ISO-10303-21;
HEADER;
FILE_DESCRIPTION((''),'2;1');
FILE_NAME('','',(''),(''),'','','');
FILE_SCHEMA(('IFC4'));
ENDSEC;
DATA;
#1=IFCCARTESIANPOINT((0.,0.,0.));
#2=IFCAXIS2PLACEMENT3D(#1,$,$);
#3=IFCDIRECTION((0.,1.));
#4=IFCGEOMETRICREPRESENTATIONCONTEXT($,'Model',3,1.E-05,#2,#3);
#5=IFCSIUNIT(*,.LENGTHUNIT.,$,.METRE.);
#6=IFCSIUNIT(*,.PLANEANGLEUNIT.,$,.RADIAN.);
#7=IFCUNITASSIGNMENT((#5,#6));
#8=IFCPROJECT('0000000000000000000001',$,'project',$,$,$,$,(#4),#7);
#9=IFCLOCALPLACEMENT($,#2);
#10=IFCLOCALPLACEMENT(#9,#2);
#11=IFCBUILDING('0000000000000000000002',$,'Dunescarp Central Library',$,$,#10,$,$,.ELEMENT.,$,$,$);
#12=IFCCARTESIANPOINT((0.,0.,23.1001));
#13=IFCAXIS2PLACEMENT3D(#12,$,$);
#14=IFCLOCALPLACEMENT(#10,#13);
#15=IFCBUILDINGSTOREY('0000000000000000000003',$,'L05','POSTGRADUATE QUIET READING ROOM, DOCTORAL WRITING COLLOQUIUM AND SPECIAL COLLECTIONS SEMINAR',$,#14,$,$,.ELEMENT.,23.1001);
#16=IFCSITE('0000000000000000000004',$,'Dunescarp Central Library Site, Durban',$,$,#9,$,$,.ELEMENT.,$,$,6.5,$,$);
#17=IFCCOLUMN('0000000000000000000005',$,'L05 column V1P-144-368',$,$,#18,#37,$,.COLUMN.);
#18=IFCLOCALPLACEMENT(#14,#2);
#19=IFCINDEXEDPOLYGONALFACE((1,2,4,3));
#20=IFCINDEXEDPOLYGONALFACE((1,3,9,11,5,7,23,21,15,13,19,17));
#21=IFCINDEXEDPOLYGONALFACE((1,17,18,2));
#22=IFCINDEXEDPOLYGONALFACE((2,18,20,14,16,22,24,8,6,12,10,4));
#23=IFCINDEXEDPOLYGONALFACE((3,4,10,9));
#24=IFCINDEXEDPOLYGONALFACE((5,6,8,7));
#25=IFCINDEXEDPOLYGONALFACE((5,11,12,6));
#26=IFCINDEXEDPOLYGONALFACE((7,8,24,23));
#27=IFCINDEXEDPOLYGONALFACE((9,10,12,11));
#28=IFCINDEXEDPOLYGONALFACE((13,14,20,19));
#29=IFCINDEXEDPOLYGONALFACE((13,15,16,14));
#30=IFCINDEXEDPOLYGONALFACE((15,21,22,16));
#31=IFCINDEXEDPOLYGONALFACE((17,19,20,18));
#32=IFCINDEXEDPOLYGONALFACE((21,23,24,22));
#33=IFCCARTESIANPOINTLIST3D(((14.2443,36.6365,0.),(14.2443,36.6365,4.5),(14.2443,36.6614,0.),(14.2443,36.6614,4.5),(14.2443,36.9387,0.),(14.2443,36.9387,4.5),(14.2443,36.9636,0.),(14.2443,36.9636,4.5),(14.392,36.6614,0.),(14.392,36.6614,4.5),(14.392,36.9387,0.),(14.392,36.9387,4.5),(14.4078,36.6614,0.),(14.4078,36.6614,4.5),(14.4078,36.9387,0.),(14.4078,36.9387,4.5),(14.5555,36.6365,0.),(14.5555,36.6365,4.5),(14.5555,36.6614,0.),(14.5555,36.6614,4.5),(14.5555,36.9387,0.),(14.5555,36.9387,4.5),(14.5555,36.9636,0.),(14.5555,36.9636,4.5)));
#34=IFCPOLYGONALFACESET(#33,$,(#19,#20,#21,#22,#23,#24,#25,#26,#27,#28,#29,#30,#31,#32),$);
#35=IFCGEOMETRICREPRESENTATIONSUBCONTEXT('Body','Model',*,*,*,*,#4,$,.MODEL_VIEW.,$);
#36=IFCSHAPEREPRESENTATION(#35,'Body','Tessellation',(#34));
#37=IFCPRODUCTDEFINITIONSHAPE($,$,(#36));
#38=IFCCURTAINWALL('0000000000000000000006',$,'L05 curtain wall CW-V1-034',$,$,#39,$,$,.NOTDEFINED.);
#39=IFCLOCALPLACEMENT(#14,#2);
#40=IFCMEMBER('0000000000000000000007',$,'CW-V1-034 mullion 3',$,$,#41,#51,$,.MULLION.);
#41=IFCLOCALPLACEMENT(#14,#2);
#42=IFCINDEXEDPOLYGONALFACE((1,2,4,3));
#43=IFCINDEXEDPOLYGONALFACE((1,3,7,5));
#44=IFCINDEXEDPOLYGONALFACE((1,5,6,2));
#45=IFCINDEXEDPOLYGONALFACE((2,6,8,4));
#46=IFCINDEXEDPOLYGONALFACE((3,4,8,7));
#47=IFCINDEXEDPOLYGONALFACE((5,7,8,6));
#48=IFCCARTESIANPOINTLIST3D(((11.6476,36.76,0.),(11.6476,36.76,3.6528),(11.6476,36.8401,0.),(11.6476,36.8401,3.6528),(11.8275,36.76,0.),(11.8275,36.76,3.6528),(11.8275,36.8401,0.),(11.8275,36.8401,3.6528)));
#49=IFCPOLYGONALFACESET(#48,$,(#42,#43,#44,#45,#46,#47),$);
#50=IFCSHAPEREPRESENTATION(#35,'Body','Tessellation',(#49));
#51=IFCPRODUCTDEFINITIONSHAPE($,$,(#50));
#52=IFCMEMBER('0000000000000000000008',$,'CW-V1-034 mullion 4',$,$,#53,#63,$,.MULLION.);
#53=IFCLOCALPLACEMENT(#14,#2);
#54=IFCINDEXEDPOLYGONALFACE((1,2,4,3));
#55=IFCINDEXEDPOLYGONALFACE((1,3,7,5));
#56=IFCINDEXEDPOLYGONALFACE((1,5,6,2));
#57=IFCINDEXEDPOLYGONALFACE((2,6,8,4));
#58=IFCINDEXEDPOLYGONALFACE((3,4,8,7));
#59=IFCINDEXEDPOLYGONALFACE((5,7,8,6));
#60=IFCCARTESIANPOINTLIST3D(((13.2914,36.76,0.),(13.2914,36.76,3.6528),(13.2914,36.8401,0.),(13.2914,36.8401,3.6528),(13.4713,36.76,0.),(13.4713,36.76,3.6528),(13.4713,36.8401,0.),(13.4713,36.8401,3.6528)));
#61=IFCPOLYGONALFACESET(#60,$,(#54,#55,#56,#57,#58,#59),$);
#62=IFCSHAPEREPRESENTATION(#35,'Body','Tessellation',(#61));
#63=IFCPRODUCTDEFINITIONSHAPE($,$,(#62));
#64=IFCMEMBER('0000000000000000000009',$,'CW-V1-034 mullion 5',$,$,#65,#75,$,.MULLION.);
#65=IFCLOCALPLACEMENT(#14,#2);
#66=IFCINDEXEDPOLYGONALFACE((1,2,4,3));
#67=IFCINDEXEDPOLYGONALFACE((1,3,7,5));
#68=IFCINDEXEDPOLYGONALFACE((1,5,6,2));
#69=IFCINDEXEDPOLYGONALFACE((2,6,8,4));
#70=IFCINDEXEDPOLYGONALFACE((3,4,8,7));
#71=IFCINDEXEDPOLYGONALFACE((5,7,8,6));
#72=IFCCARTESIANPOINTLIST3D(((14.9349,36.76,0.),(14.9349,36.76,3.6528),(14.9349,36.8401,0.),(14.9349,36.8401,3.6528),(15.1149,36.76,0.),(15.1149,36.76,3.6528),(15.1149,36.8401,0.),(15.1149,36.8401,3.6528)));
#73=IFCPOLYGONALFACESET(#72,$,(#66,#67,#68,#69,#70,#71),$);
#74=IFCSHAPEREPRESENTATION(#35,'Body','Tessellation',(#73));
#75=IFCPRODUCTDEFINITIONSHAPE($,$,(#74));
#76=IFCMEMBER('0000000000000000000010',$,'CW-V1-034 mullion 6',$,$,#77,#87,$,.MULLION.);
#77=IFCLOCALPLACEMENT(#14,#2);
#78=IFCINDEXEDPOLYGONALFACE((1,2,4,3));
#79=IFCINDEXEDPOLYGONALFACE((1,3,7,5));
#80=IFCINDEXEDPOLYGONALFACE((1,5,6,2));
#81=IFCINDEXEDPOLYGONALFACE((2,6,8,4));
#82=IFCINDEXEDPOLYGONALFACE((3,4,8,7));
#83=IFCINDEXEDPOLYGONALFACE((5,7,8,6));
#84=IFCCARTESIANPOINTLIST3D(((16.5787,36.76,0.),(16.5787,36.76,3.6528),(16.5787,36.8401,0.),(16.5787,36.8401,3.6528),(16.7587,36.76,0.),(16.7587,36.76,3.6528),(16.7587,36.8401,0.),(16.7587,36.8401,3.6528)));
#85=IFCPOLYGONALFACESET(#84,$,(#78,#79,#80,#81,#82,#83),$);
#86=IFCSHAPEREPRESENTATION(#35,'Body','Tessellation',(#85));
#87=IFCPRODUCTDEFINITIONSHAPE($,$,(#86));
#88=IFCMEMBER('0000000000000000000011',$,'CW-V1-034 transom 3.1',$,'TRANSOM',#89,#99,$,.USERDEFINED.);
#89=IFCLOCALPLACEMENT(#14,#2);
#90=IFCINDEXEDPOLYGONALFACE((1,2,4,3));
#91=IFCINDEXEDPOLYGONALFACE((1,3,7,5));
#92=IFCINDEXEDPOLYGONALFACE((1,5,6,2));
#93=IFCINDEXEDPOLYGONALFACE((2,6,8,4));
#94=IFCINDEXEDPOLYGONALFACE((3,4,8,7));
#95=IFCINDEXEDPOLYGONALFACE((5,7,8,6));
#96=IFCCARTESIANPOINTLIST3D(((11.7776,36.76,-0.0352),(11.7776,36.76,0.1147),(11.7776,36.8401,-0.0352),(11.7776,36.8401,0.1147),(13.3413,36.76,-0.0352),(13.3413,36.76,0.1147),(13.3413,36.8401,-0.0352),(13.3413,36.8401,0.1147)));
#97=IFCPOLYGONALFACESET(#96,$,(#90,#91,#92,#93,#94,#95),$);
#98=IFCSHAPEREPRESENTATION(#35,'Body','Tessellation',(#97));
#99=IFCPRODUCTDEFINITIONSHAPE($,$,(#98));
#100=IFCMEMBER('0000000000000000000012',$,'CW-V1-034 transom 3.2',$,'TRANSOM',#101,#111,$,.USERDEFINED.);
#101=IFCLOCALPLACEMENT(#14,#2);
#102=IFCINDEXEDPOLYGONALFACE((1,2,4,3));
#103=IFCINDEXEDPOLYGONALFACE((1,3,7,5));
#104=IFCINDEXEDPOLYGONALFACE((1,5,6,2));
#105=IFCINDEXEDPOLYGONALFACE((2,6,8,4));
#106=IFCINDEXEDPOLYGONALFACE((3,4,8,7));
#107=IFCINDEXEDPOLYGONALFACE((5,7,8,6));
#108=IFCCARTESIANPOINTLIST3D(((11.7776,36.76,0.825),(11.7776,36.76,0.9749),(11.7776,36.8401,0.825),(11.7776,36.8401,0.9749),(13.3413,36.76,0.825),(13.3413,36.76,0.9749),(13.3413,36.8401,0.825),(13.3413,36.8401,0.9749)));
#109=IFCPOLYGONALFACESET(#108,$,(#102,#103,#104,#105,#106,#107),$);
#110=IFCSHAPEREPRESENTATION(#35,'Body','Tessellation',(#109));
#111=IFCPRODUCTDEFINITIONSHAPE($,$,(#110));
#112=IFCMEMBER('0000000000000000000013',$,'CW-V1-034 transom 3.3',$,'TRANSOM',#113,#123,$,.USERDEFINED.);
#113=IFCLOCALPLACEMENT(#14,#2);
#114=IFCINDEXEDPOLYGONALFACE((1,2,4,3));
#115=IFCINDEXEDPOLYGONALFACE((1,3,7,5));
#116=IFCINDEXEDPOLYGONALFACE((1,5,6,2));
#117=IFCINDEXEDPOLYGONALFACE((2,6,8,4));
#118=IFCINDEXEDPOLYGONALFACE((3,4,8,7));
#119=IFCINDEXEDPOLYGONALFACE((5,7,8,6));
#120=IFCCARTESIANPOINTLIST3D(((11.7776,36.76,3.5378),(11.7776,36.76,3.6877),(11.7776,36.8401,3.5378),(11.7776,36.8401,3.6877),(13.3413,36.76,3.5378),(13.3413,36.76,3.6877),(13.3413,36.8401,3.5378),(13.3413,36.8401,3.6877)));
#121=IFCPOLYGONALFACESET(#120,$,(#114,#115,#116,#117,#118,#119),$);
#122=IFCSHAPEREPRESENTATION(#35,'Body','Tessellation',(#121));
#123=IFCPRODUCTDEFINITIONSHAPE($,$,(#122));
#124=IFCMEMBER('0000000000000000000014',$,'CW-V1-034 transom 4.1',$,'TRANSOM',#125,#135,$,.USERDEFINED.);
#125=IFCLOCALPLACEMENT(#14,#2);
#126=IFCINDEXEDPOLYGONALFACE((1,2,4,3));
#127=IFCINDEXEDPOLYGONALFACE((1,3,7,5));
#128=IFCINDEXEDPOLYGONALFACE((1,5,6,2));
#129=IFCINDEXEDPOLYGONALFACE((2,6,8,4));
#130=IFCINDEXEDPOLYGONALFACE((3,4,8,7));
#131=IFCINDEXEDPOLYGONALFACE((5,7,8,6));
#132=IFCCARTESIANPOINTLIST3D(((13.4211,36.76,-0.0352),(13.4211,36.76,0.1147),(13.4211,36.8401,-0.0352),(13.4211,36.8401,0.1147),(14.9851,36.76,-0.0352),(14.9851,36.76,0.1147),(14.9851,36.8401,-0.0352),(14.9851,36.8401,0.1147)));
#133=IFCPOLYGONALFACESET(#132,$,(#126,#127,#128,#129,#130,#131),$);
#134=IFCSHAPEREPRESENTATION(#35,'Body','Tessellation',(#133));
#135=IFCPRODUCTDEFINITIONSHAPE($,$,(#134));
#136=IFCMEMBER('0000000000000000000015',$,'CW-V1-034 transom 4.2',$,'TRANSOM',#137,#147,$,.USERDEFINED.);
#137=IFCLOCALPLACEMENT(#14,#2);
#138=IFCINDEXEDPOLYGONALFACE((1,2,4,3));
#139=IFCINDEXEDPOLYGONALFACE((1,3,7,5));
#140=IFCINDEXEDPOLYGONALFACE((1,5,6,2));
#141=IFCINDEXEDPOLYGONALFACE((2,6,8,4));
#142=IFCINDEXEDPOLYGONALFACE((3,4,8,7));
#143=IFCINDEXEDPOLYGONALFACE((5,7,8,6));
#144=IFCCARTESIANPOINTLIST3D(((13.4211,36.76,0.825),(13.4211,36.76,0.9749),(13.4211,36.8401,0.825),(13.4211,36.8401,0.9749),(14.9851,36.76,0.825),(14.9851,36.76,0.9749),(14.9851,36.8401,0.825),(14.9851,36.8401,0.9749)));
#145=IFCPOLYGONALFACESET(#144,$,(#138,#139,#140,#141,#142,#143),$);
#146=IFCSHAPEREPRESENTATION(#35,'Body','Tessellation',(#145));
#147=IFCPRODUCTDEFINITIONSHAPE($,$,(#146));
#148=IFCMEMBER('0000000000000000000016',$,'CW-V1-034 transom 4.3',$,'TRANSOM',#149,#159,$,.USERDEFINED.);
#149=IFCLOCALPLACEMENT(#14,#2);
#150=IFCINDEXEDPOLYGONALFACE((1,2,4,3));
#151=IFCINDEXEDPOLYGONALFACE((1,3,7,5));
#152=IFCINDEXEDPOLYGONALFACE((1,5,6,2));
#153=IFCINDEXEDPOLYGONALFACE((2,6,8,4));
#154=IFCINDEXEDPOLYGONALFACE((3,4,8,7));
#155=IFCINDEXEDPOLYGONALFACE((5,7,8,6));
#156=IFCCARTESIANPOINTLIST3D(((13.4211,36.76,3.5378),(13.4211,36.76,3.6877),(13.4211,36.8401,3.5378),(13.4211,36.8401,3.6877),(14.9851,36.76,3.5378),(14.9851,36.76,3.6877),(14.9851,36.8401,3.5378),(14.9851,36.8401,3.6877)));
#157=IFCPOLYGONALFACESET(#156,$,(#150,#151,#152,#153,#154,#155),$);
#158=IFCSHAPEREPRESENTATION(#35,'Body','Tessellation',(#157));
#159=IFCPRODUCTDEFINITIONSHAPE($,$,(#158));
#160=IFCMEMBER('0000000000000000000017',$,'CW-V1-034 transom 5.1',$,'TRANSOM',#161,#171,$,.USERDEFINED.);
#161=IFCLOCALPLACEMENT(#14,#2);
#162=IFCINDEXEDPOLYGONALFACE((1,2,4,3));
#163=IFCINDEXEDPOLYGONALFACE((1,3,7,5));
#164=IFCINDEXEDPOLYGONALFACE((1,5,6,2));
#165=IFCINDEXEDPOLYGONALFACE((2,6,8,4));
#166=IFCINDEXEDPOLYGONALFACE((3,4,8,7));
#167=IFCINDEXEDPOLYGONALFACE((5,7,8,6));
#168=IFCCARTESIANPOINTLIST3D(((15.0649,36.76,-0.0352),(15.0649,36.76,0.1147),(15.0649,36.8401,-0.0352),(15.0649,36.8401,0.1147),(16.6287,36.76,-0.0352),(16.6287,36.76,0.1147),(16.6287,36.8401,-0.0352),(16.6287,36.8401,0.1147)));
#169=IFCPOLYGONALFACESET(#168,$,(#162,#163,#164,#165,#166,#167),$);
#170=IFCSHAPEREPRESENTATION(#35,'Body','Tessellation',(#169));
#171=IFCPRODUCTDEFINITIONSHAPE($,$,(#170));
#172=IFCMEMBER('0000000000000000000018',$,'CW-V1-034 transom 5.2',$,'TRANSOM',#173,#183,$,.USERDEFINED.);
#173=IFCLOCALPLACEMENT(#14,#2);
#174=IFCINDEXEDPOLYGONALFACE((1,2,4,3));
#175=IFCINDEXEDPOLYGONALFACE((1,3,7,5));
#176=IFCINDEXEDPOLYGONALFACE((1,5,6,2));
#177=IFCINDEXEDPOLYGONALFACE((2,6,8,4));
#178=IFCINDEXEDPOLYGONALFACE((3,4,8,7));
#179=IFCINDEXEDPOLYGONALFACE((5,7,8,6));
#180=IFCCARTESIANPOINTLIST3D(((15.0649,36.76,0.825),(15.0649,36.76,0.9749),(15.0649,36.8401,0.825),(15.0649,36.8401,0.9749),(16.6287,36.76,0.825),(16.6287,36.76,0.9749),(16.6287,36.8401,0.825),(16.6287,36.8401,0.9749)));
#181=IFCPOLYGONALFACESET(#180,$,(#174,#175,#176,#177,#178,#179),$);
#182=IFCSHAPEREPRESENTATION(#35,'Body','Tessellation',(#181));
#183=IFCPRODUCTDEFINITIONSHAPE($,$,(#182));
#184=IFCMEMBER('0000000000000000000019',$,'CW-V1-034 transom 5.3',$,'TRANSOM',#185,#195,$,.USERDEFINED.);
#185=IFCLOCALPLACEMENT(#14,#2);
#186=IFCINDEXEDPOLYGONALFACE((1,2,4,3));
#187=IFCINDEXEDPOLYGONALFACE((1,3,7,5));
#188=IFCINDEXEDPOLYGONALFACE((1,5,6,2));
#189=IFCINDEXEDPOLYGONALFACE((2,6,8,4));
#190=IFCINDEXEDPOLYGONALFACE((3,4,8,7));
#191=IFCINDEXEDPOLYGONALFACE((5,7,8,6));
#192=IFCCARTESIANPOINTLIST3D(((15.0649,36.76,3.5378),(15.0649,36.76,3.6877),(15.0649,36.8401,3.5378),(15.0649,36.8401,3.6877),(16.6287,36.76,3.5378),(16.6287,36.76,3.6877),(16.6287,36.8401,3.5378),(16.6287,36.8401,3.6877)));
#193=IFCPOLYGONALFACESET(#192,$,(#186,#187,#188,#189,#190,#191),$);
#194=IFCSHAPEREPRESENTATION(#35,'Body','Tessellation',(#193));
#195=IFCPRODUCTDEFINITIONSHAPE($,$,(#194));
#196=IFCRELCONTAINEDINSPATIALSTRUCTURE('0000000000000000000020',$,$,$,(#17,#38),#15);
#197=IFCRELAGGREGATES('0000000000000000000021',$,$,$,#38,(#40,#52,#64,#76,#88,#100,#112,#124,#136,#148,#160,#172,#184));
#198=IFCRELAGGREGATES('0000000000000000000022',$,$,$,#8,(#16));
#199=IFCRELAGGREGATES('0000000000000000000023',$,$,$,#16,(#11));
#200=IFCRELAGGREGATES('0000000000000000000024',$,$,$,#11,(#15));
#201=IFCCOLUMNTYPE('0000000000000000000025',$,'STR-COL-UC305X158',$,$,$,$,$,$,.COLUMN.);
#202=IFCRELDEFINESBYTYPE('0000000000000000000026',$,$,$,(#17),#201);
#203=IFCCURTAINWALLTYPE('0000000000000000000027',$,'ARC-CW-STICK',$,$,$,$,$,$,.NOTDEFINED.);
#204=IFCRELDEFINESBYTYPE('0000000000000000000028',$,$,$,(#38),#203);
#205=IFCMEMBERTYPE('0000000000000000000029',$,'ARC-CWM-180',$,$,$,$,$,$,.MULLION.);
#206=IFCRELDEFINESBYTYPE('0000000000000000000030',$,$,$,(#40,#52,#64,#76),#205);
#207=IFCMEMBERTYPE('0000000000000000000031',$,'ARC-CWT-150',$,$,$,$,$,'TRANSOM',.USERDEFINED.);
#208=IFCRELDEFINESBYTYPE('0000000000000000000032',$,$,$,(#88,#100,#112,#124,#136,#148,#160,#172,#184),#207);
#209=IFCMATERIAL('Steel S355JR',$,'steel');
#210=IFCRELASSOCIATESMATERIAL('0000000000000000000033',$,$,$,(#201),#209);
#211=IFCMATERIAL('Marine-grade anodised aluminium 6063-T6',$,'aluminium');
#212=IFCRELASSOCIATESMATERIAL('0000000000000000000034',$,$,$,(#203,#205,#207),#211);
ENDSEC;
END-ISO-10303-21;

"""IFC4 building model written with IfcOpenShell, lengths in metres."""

from ifc_helpers import new_model, si_unit, direction, frame, origin, origin_2d, place, context, subcontext, project, spatial, rectangle, i_section, extrude, material, material_profile, profile_set, type_object, element, aggregate, save


model = new_model("IFC4")

# Units and contexts
model_context = context("Model", 3, precision=1e-05, world=origin(), true_north=direction((0.0, 1.0)))
body_context = subcontext(model_context, "Body", "Model", "MODEL_VIEW")
ifc_project = project(units=[si_unit("LENGTHUNIT", "METRE"), si_unit("PLANEANGLEUNIT", "RADIAN")], contexts=[model_context])

# Site, building, storey
site_placement = place(None, origin())
site = spatial("IfcSite", under=ifc_project, at=site_placement, Name="Dunescarp Central Library Site, Durban", CompositionType="ELEMENT", RefElevation=6.5)
building_placement = place(site_placement, origin())
building = spatial("IfcBuilding", under=site, at=building_placement, Name="Dunescarp Central Library", CompositionType="ELEMENT")
storey_placement = place(building_placement, frame((0.0, 0.0, 23.1001)))
storey = spatial("IfcBuildingStorey", under=building, at=storey_placement, Name="L05", Description="POSTGRADUATE QUIET READING ROOM, DOCTORAL WRITING COLLOQUIUM AND SPECIAL COLLECTIONS SEMINAR", CompositionType="ELEMENT", Elevation=23.1001)

# Column
ifc_material_1 = material(Name="Steel S355JR", Category="steel")
ifc_material_profile_1 = material_profile(ifc_material_1, i_section(OverallWidth=0.3113, OverallDepth=0.3271, WebThickness=0.0159, FlangeThickness=0.0249, at=origin_2d()), Name="UC 305x305x158")
ifc_profile_set_1 = profile_set([ifc_material_profile_1], Name="Steel S355JR")
column_type = type_object("IfcColumnType", Name="STR-COL-UC305X158", PredefinedType="COLUMN", material=ifc_profile_set_1)
column_placement = place(storey_placement, frame((14.3999, 36.8, 0.0), z_axis=(0.0, 0.0, 1.0), x_axis=(1.0, 0.0, 0.0)))
element("IfcColumn", 1, at=column_placement, inside=storey, type_object=column_type, Name="L05 column V1P-144-368", PredefinedType="COLUMN", context=body_context, shape_type="SweptSolid", body=[
    extrude(i_section(OverallWidth=0.3113, OverallDepth=0.3271, WebThickness=0.0159, FlangeThickness=0.0249, at=origin_2d()), origin(), (0.0, 0.0, 1.0), 4.5),
])

# Curtain wall, members
ifc_material_2 = material(Name="Marine-grade anodised aluminium 6063-T6", Category="aluminium")
curtain_wall_type = type_object("IfcCurtainWallType", Name="ARC-CW-STICK", PredefinedType="NOTDEFINED", material=ifc_material_2)
curtain_wall_placement = place(storey_placement, origin())
curtain_wall = element("IfcCurtainWall", 2, at=curtain_wall_placement, inside=storey, type_object=curtain_wall_type, Name="L05 curtain wall CW-V1-034", PredefinedType="NOTDEFINED")
ifc_material_profile_2 = material_profile(ifc_material_2, rectangle(XDim=0.0801, YDim=0.1799, at=origin_2d()), Name="AL 80x180")
ifc_profile_set_2 = profile_set([ifc_material_profile_2], Name="Marine-grade anodised aluminium 6063-T6")
member_type_1 = type_object("IfcMemberType", Name="ARC-CWM-180", PredefinedType="MULLION", material=ifc_profile_set_2)
member_1_placement = place(storey_placement, frame((11.7375, 36.8, 0.0), z_axis=(0.0, 0.0, 1.0), x_axis=(0.0, 1.0, 0.0)))
member_1 = element("IfcMember", 3, at=member_1_placement, type_object=member_type_1, Name="CW-V1-034 mullion 3", PredefinedType="MULLION", context=body_context, shape_type="SweptSolid", body=[
    extrude(rectangle(XDim=0.0801, YDim=0.1799, at=origin_2d()), origin(), (0.0, 0.0, 1.0), 3.6528),
])
member_2_placement = place(storey_placement, frame((13.3813, 36.8, 0.0), z_axis=(0.0, 0.0, 1.0), x_axis=(0.0, 1.0, 0.0)))
member_2 = element("IfcMember", 4, at=member_2_placement, type_object=member_type_1, Name="CW-V1-034 mullion 4", PredefinedType="MULLION", context=body_context, shape_type="SweptSolid", body=[
    extrude(rectangle(XDim=0.0801, YDim=0.1799, at=origin_2d()), origin(), (0.0, 0.0, 1.0), 3.6528),
])
member_3_placement = place(storey_placement, frame((15.0249, 36.8, 0.0), z_axis=(0.0, 0.0, 1.0), x_axis=(0.0, 1.0, 0.0)))
member_3 = element("IfcMember", 5, at=member_3_placement, type_object=member_type_1, Name="CW-V1-034 mullion 5", PredefinedType="MULLION", context=body_context, shape_type="SweptSolid", body=[
    extrude(rectangle(XDim=0.0801, YDim=0.1799, at=origin_2d()), origin(), (0.0, 0.0, 1.0), 3.6528),
])
member_4_placement = place(storey_placement, frame((16.6687, 36.8, 0.0), z_axis=(0.0, 0.0, 1.0), x_axis=(0.0, 1.0, 0.0)))
member_4 = element("IfcMember", 6, at=member_4_placement, type_object=member_type_1, Name="CW-V1-034 mullion 6", PredefinedType="MULLION", context=body_context, shape_type="SweptSolid", body=[
    extrude(rectangle(XDim=0.0801, YDim=0.1799, at=origin_2d()), origin(), (0.0, 0.0, 1.0), 3.6528),
])
ifc_material_profile_3 = material_profile(ifc_material_2, rectangle(XDim=0.0801, YDim=0.1499, at=origin_2d()), Name="AL 80x150")
ifc_profile_set_3 = profile_set([ifc_material_profile_3], Name="Marine-grade anodised aluminium 6063-T6")
member_type_2 = type_object("IfcMemberType", Name="ARC-CWT-150", ElementType="TRANSOM", PredefinedType="USERDEFINED", material=ifc_profile_set_3)
member_5_placement = place(storey_placement, frame((11.7776, 36.8, 0.0398), z_axis=(1.0, 0.0, 0.0), x_axis=(0.0, 1.0, 0.0)))
member_5 = element("IfcMember", 7, at=member_5_placement, type_object=member_type_2, Name="CW-V1-034 transom 3.1", ObjectType="TRANSOM", PredefinedType="USERDEFINED", context=body_context, shape_type="SweptSolid", body=[
    extrude(rectangle(XDim=0.0801, YDim=0.1499, at=origin_2d()), origin(), (0.0, 0.0, 1.0), 1.5637),
])
member_6_placement = place(storey_placement, frame((11.7776, 36.8, 0.8999), z_axis=(1.0, 0.0, 0.0), x_axis=(0.0, 1.0, 0.0)))
member_6 = element("IfcMember", 8, at=member_6_placement, type_object=member_type_2, Name="CW-V1-034 transom 3.2", ObjectType="TRANSOM", PredefinedType="USERDEFINED", context=body_context, shape_type="SweptSolid", body=[
    extrude(rectangle(XDim=0.0801, YDim=0.1499, at=origin_2d()), origin(), (0.0, 0.0, 1.0), 1.5637),
])
member_7_placement = place(storey_placement, frame((11.7776, 36.8, 3.6128), z_axis=(1.0, 0.0, 0.0), x_axis=(0.0, 1.0, 0.0)))
member_7 = element("IfcMember", 9, at=member_7_placement, type_object=member_type_2, Name="CW-V1-034 transom 3.3", ObjectType="TRANSOM", PredefinedType="USERDEFINED", context=body_context, shape_type="SweptSolid", body=[
    extrude(rectangle(XDim=0.0801, YDim=0.1499, at=origin_2d()), origin(), (0.0, 0.0, 1.0), 1.5637),
])
member_8_placement = place(storey_placement, frame((13.4211, 36.8, 0.0398), z_axis=(1.0, 0.0, 0.0), x_axis=(0.0, 1.0, 0.0)))
member_8 = element("IfcMember", 10, at=member_8_placement, type_object=member_type_2, Name="CW-V1-034 transom 4.1", ObjectType="TRANSOM", PredefinedType="USERDEFINED", context=body_context, shape_type="SweptSolid", body=[
    extrude(rectangle(XDim=0.0801, YDim=0.1499, at=origin_2d()), origin(), (0.0, 0.0, 1.0), 1.564),
])
member_9_placement = place(storey_placement, frame((13.4211, 36.8, 0.8999), z_axis=(1.0, 0.0, 0.0), x_axis=(0.0, 1.0, 0.0)))
member_9 = element("IfcMember", 11, at=member_9_placement, type_object=member_type_2, Name="CW-V1-034 transom 4.2", ObjectType="TRANSOM", PredefinedType="USERDEFINED", context=body_context, shape_type="SweptSolid", body=[
    extrude(rectangle(XDim=0.0801, YDim=0.1499, at=origin_2d()), origin(), (0.0, 0.0, 1.0), 1.564),
])
member_10_placement = place(storey_placement, frame((13.4211, 36.8, 3.6128), z_axis=(1.0, 0.0, 0.0), x_axis=(0.0, 1.0, 0.0)))
member_10 = element("IfcMember", 12, at=member_10_placement, type_object=member_type_2, Name="CW-V1-034 transom 4.3", ObjectType="TRANSOM", PredefinedType="USERDEFINED", context=body_context, shape_type="SweptSolid", body=[
    extrude(rectangle(XDim=0.0801, YDim=0.1499, at=origin_2d()), origin(), (0.0, 0.0, 1.0), 1.564),
])
member_11_placement = place(storey_placement, frame((15.0649, 36.8, 0.0398), z_axis=(1.0, 0.0, 0.0), x_axis=(0.0, 1.0, 0.0)))
member_11 = element("IfcMember", 13, at=member_11_placement, type_object=member_type_2, Name="CW-V1-034 transom 5.1", ObjectType="TRANSOM", PredefinedType="USERDEFINED", context=body_context, shape_type="SweptSolid", body=[
    extrude(rectangle(XDim=0.0801, YDim=0.1499, at=origin_2d()), origin(), (0.0, 0.0, 1.0), 1.5637),
])
member_12_placement = place(storey_placement, frame((15.0649, 36.8, 0.8999), z_axis=(1.0, 0.0, 0.0), x_axis=(0.0, 1.0, 0.0)))
member_12 = element("IfcMember", 14, at=member_12_placement, type_object=member_type_2, Name="CW-V1-034 transom 5.2", ObjectType="TRANSOM", PredefinedType="USERDEFINED", context=body_context, shape_type="SweptSolid", body=[
    extrude(rectangle(XDim=0.0801, YDim=0.1499, at=origin_2d()), origin(), (0.0, 0.0, 1.0), 1.5637),
])
member_13_placement = place(storey_placement, frame((15.0649, 36.8, 3.6128), z_axis=(1.0, 0.0, 0.0), x_axis=(0.0, 1.0, 0.0)))
member_13 = element("IfcMember", 15, at=member_13_placement, type_object=member_type_2, Name="CW-V1-034 transom 5.3", ObjectType="TRANSOM", PredefinedType="USERDEFINED", context=body_context, shape_type="SweptSolid", body=[
    extrude(rectangle(XDim=0.0801, YDim=0.1499, at=origin_2d()), origin(), (0.0, 0.0, 1.0), 1.5637),
])
aggregate(curtain_wall, [member_1, member_2, member_3, member_4, member_5, member_6, member_7, member_8, member_9, member_10, member_11, member_12, member_13])

save(model, "model.ifc")
